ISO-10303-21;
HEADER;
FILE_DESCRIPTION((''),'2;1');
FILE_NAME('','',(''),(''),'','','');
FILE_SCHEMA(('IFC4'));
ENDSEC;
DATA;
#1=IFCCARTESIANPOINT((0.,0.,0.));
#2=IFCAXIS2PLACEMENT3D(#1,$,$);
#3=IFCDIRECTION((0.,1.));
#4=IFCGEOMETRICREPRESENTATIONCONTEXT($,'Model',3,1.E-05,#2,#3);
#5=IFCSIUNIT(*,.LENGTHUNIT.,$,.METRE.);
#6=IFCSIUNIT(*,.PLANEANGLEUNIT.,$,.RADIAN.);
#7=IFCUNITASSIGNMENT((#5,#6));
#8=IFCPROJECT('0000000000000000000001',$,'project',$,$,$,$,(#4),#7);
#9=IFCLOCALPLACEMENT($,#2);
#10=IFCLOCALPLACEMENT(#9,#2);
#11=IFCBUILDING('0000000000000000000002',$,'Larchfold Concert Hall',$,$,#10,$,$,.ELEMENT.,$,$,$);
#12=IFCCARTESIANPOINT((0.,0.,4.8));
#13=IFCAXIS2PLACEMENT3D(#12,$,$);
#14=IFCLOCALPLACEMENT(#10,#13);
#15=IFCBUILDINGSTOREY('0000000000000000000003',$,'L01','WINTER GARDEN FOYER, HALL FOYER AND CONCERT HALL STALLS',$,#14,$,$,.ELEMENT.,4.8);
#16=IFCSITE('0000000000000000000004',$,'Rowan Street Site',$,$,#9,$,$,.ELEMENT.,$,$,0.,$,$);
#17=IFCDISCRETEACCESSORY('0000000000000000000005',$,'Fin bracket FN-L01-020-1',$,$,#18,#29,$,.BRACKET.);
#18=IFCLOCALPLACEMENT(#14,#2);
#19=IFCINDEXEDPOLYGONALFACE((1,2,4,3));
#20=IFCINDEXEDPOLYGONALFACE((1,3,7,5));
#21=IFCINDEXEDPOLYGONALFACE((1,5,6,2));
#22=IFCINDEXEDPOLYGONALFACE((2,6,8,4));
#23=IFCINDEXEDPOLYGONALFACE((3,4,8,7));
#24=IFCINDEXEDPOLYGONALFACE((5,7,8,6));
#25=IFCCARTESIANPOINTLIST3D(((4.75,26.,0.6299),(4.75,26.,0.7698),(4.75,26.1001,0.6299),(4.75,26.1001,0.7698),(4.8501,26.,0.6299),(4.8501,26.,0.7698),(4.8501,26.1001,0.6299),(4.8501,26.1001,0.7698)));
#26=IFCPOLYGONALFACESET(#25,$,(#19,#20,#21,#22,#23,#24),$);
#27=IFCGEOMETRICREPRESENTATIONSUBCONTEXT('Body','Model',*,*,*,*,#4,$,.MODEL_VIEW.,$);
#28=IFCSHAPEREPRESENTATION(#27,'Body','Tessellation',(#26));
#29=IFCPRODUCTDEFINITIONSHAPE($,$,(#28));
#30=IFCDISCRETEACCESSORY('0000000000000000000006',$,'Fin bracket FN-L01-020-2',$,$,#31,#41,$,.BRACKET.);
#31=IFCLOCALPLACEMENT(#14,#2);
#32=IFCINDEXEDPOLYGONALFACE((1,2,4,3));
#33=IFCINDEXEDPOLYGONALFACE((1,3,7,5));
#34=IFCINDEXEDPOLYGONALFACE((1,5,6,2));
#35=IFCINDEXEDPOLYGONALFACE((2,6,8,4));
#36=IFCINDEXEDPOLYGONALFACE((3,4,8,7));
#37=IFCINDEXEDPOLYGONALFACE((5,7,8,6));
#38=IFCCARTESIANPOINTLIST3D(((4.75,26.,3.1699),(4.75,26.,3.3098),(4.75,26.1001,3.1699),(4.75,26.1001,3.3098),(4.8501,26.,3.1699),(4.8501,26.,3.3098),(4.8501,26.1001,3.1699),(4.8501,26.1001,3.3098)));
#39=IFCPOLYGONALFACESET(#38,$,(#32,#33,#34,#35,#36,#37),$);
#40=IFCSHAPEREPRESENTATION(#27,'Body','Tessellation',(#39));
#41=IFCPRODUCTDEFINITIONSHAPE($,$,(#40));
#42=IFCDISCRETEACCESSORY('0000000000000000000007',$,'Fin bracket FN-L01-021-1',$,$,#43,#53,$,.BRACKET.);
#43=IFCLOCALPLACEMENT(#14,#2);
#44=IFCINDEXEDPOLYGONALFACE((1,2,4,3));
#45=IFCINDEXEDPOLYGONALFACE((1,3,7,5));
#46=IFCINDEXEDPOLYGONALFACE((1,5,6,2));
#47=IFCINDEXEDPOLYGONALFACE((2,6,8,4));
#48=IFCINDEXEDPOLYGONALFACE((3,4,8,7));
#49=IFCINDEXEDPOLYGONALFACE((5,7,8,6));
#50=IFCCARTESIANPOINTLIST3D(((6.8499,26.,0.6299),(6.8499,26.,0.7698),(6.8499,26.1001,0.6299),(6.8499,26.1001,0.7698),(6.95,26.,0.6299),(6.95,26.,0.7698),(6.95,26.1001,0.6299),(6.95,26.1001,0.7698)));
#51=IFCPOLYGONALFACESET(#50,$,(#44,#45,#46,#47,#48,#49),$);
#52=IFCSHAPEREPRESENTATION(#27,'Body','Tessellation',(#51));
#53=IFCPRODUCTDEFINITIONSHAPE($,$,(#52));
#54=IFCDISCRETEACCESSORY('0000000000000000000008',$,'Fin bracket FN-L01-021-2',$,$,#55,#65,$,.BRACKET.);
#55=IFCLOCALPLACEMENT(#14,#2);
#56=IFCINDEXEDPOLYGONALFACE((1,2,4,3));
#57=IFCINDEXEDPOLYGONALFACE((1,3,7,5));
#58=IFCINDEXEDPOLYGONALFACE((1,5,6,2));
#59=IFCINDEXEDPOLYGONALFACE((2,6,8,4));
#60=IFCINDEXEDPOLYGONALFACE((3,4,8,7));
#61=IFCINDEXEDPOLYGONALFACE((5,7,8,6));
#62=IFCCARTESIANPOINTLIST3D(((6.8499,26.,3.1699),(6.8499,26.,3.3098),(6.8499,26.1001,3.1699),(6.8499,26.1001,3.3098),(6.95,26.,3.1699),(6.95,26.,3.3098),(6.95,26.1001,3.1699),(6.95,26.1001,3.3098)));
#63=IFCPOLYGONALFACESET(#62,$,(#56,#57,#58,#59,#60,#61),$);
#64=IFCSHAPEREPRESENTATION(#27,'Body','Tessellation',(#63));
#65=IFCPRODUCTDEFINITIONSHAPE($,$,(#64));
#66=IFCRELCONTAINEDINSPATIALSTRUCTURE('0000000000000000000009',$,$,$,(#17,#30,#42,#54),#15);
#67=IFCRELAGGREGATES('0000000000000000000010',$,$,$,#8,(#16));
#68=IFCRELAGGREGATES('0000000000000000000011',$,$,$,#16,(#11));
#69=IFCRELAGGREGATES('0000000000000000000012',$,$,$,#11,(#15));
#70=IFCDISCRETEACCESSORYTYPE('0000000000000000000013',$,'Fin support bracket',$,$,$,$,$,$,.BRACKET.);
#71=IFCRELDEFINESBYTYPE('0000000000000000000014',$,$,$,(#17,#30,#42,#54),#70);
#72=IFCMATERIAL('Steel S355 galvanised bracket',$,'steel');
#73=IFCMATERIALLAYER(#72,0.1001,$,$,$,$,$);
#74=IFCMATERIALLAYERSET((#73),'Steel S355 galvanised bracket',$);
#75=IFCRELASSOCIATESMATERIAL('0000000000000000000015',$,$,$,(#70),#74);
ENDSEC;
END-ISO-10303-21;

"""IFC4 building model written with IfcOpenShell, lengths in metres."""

from ifc_helpers import new_model, si_unit, direction, frame, origin, origin_2d, place, context, subcontext, project, spatial, rectangle, extrude, material, layer, layer_set, type_object, element, save


model = new_model("IFC4")

# Units and contexts
model_context = context("Model", 3, precision=1e-05, world=origin(), true_north=direction((0.0, 1.0)))
body_context = subcontext(model_context, "Body", "Model", "MODEL_VIEW")
ifc_project = project(units=[si_unit("LENGTHUNIT", "METRE"), si_unit("PLANEANGLEUNIT", "RADIAN")], contexts=[model_context])

# Site, building, storey
site_placement = place(None, origin())
site = spatial("IfcSite", under=ifc_project, at=site_placement, Name="Rowan Street Site", CompositionType="ELEMENT", RefElevation=0.0)
building_placement = place(site_placement, origin())
building = spatial("IfcBuilding", under=site, at=building_placement, Name="Larchfold Concert Hall", CompositionType="ELEMENT")
storey_placement = place(building_placement, frame((0.0, 0.0, 4.8)))
storey = spatial("IfcBuildingStorey", under=building, at=storey_placement, Name="L01", Description="WINTER GARDEN FOYER, HALL FOYER AND CONCERT HALL STALLS", CompositionType="ELEMENT", Elevation=4.8)

# Discrete accessories
ifc_material_1 = material(Name="Steel S355 galvanised bracket", Category="steel")
ifc_layer_1 = layer(ifc_material_1, 0.1001)
ifc_layer_set_1 = layer_set([ifc_layer_1], Name="Steel S355 galvanised bracket")
discrete_accessory_type = type_object("IfcDiscreteAccessoryType", Name="Fin support bracket", PredefinedType="BRACKET", material=ifc_layer_set_1)
for number, where, z_axis, x_axis, name in (
    (1, (4.8, 26.05, 0.6299), (0.0, 0.0, 1.0), (0.0, 1.0, 0.0), "Fin bracket FN-L01-020-1"),
    (2, (4.8, 26.05, 3.1699), (0.0, 0.0, 1.0), (0.0, 1.0, 0.0), "Fin bracket FN-L01-020-2"),
    (3, (6.8999, 26.05, 0.6299), (0.0, 0.0, 1.0), (0.0, 1.0, 0.0), "Fin bracket FN-L01-021-1"),
    (4, (6.8999, 26.05, 3.1699), (0.0, 0.0, 1.0), (0.0, 1.0, 0.0), "Fin bracket FN-L01-021-2"),
):
    element("IfcDiscreteAccessory", number, at=place(storey_placement, frame(where, z_axis=z_axis, x_axis=x_axis)), inside=storey, type_object=discrete_accessory_type, Name=name, PredefinedType="BRACKET", context=body_context, shape_type="SweptSolid", body=[
        extrude(rectangle(XDim=0.1001, YDim=0.1001, at=origin_2d()), origin(), (0.0, 0.0, 1.0), 0.1399),
    ])

save(model, "model.ifc")
